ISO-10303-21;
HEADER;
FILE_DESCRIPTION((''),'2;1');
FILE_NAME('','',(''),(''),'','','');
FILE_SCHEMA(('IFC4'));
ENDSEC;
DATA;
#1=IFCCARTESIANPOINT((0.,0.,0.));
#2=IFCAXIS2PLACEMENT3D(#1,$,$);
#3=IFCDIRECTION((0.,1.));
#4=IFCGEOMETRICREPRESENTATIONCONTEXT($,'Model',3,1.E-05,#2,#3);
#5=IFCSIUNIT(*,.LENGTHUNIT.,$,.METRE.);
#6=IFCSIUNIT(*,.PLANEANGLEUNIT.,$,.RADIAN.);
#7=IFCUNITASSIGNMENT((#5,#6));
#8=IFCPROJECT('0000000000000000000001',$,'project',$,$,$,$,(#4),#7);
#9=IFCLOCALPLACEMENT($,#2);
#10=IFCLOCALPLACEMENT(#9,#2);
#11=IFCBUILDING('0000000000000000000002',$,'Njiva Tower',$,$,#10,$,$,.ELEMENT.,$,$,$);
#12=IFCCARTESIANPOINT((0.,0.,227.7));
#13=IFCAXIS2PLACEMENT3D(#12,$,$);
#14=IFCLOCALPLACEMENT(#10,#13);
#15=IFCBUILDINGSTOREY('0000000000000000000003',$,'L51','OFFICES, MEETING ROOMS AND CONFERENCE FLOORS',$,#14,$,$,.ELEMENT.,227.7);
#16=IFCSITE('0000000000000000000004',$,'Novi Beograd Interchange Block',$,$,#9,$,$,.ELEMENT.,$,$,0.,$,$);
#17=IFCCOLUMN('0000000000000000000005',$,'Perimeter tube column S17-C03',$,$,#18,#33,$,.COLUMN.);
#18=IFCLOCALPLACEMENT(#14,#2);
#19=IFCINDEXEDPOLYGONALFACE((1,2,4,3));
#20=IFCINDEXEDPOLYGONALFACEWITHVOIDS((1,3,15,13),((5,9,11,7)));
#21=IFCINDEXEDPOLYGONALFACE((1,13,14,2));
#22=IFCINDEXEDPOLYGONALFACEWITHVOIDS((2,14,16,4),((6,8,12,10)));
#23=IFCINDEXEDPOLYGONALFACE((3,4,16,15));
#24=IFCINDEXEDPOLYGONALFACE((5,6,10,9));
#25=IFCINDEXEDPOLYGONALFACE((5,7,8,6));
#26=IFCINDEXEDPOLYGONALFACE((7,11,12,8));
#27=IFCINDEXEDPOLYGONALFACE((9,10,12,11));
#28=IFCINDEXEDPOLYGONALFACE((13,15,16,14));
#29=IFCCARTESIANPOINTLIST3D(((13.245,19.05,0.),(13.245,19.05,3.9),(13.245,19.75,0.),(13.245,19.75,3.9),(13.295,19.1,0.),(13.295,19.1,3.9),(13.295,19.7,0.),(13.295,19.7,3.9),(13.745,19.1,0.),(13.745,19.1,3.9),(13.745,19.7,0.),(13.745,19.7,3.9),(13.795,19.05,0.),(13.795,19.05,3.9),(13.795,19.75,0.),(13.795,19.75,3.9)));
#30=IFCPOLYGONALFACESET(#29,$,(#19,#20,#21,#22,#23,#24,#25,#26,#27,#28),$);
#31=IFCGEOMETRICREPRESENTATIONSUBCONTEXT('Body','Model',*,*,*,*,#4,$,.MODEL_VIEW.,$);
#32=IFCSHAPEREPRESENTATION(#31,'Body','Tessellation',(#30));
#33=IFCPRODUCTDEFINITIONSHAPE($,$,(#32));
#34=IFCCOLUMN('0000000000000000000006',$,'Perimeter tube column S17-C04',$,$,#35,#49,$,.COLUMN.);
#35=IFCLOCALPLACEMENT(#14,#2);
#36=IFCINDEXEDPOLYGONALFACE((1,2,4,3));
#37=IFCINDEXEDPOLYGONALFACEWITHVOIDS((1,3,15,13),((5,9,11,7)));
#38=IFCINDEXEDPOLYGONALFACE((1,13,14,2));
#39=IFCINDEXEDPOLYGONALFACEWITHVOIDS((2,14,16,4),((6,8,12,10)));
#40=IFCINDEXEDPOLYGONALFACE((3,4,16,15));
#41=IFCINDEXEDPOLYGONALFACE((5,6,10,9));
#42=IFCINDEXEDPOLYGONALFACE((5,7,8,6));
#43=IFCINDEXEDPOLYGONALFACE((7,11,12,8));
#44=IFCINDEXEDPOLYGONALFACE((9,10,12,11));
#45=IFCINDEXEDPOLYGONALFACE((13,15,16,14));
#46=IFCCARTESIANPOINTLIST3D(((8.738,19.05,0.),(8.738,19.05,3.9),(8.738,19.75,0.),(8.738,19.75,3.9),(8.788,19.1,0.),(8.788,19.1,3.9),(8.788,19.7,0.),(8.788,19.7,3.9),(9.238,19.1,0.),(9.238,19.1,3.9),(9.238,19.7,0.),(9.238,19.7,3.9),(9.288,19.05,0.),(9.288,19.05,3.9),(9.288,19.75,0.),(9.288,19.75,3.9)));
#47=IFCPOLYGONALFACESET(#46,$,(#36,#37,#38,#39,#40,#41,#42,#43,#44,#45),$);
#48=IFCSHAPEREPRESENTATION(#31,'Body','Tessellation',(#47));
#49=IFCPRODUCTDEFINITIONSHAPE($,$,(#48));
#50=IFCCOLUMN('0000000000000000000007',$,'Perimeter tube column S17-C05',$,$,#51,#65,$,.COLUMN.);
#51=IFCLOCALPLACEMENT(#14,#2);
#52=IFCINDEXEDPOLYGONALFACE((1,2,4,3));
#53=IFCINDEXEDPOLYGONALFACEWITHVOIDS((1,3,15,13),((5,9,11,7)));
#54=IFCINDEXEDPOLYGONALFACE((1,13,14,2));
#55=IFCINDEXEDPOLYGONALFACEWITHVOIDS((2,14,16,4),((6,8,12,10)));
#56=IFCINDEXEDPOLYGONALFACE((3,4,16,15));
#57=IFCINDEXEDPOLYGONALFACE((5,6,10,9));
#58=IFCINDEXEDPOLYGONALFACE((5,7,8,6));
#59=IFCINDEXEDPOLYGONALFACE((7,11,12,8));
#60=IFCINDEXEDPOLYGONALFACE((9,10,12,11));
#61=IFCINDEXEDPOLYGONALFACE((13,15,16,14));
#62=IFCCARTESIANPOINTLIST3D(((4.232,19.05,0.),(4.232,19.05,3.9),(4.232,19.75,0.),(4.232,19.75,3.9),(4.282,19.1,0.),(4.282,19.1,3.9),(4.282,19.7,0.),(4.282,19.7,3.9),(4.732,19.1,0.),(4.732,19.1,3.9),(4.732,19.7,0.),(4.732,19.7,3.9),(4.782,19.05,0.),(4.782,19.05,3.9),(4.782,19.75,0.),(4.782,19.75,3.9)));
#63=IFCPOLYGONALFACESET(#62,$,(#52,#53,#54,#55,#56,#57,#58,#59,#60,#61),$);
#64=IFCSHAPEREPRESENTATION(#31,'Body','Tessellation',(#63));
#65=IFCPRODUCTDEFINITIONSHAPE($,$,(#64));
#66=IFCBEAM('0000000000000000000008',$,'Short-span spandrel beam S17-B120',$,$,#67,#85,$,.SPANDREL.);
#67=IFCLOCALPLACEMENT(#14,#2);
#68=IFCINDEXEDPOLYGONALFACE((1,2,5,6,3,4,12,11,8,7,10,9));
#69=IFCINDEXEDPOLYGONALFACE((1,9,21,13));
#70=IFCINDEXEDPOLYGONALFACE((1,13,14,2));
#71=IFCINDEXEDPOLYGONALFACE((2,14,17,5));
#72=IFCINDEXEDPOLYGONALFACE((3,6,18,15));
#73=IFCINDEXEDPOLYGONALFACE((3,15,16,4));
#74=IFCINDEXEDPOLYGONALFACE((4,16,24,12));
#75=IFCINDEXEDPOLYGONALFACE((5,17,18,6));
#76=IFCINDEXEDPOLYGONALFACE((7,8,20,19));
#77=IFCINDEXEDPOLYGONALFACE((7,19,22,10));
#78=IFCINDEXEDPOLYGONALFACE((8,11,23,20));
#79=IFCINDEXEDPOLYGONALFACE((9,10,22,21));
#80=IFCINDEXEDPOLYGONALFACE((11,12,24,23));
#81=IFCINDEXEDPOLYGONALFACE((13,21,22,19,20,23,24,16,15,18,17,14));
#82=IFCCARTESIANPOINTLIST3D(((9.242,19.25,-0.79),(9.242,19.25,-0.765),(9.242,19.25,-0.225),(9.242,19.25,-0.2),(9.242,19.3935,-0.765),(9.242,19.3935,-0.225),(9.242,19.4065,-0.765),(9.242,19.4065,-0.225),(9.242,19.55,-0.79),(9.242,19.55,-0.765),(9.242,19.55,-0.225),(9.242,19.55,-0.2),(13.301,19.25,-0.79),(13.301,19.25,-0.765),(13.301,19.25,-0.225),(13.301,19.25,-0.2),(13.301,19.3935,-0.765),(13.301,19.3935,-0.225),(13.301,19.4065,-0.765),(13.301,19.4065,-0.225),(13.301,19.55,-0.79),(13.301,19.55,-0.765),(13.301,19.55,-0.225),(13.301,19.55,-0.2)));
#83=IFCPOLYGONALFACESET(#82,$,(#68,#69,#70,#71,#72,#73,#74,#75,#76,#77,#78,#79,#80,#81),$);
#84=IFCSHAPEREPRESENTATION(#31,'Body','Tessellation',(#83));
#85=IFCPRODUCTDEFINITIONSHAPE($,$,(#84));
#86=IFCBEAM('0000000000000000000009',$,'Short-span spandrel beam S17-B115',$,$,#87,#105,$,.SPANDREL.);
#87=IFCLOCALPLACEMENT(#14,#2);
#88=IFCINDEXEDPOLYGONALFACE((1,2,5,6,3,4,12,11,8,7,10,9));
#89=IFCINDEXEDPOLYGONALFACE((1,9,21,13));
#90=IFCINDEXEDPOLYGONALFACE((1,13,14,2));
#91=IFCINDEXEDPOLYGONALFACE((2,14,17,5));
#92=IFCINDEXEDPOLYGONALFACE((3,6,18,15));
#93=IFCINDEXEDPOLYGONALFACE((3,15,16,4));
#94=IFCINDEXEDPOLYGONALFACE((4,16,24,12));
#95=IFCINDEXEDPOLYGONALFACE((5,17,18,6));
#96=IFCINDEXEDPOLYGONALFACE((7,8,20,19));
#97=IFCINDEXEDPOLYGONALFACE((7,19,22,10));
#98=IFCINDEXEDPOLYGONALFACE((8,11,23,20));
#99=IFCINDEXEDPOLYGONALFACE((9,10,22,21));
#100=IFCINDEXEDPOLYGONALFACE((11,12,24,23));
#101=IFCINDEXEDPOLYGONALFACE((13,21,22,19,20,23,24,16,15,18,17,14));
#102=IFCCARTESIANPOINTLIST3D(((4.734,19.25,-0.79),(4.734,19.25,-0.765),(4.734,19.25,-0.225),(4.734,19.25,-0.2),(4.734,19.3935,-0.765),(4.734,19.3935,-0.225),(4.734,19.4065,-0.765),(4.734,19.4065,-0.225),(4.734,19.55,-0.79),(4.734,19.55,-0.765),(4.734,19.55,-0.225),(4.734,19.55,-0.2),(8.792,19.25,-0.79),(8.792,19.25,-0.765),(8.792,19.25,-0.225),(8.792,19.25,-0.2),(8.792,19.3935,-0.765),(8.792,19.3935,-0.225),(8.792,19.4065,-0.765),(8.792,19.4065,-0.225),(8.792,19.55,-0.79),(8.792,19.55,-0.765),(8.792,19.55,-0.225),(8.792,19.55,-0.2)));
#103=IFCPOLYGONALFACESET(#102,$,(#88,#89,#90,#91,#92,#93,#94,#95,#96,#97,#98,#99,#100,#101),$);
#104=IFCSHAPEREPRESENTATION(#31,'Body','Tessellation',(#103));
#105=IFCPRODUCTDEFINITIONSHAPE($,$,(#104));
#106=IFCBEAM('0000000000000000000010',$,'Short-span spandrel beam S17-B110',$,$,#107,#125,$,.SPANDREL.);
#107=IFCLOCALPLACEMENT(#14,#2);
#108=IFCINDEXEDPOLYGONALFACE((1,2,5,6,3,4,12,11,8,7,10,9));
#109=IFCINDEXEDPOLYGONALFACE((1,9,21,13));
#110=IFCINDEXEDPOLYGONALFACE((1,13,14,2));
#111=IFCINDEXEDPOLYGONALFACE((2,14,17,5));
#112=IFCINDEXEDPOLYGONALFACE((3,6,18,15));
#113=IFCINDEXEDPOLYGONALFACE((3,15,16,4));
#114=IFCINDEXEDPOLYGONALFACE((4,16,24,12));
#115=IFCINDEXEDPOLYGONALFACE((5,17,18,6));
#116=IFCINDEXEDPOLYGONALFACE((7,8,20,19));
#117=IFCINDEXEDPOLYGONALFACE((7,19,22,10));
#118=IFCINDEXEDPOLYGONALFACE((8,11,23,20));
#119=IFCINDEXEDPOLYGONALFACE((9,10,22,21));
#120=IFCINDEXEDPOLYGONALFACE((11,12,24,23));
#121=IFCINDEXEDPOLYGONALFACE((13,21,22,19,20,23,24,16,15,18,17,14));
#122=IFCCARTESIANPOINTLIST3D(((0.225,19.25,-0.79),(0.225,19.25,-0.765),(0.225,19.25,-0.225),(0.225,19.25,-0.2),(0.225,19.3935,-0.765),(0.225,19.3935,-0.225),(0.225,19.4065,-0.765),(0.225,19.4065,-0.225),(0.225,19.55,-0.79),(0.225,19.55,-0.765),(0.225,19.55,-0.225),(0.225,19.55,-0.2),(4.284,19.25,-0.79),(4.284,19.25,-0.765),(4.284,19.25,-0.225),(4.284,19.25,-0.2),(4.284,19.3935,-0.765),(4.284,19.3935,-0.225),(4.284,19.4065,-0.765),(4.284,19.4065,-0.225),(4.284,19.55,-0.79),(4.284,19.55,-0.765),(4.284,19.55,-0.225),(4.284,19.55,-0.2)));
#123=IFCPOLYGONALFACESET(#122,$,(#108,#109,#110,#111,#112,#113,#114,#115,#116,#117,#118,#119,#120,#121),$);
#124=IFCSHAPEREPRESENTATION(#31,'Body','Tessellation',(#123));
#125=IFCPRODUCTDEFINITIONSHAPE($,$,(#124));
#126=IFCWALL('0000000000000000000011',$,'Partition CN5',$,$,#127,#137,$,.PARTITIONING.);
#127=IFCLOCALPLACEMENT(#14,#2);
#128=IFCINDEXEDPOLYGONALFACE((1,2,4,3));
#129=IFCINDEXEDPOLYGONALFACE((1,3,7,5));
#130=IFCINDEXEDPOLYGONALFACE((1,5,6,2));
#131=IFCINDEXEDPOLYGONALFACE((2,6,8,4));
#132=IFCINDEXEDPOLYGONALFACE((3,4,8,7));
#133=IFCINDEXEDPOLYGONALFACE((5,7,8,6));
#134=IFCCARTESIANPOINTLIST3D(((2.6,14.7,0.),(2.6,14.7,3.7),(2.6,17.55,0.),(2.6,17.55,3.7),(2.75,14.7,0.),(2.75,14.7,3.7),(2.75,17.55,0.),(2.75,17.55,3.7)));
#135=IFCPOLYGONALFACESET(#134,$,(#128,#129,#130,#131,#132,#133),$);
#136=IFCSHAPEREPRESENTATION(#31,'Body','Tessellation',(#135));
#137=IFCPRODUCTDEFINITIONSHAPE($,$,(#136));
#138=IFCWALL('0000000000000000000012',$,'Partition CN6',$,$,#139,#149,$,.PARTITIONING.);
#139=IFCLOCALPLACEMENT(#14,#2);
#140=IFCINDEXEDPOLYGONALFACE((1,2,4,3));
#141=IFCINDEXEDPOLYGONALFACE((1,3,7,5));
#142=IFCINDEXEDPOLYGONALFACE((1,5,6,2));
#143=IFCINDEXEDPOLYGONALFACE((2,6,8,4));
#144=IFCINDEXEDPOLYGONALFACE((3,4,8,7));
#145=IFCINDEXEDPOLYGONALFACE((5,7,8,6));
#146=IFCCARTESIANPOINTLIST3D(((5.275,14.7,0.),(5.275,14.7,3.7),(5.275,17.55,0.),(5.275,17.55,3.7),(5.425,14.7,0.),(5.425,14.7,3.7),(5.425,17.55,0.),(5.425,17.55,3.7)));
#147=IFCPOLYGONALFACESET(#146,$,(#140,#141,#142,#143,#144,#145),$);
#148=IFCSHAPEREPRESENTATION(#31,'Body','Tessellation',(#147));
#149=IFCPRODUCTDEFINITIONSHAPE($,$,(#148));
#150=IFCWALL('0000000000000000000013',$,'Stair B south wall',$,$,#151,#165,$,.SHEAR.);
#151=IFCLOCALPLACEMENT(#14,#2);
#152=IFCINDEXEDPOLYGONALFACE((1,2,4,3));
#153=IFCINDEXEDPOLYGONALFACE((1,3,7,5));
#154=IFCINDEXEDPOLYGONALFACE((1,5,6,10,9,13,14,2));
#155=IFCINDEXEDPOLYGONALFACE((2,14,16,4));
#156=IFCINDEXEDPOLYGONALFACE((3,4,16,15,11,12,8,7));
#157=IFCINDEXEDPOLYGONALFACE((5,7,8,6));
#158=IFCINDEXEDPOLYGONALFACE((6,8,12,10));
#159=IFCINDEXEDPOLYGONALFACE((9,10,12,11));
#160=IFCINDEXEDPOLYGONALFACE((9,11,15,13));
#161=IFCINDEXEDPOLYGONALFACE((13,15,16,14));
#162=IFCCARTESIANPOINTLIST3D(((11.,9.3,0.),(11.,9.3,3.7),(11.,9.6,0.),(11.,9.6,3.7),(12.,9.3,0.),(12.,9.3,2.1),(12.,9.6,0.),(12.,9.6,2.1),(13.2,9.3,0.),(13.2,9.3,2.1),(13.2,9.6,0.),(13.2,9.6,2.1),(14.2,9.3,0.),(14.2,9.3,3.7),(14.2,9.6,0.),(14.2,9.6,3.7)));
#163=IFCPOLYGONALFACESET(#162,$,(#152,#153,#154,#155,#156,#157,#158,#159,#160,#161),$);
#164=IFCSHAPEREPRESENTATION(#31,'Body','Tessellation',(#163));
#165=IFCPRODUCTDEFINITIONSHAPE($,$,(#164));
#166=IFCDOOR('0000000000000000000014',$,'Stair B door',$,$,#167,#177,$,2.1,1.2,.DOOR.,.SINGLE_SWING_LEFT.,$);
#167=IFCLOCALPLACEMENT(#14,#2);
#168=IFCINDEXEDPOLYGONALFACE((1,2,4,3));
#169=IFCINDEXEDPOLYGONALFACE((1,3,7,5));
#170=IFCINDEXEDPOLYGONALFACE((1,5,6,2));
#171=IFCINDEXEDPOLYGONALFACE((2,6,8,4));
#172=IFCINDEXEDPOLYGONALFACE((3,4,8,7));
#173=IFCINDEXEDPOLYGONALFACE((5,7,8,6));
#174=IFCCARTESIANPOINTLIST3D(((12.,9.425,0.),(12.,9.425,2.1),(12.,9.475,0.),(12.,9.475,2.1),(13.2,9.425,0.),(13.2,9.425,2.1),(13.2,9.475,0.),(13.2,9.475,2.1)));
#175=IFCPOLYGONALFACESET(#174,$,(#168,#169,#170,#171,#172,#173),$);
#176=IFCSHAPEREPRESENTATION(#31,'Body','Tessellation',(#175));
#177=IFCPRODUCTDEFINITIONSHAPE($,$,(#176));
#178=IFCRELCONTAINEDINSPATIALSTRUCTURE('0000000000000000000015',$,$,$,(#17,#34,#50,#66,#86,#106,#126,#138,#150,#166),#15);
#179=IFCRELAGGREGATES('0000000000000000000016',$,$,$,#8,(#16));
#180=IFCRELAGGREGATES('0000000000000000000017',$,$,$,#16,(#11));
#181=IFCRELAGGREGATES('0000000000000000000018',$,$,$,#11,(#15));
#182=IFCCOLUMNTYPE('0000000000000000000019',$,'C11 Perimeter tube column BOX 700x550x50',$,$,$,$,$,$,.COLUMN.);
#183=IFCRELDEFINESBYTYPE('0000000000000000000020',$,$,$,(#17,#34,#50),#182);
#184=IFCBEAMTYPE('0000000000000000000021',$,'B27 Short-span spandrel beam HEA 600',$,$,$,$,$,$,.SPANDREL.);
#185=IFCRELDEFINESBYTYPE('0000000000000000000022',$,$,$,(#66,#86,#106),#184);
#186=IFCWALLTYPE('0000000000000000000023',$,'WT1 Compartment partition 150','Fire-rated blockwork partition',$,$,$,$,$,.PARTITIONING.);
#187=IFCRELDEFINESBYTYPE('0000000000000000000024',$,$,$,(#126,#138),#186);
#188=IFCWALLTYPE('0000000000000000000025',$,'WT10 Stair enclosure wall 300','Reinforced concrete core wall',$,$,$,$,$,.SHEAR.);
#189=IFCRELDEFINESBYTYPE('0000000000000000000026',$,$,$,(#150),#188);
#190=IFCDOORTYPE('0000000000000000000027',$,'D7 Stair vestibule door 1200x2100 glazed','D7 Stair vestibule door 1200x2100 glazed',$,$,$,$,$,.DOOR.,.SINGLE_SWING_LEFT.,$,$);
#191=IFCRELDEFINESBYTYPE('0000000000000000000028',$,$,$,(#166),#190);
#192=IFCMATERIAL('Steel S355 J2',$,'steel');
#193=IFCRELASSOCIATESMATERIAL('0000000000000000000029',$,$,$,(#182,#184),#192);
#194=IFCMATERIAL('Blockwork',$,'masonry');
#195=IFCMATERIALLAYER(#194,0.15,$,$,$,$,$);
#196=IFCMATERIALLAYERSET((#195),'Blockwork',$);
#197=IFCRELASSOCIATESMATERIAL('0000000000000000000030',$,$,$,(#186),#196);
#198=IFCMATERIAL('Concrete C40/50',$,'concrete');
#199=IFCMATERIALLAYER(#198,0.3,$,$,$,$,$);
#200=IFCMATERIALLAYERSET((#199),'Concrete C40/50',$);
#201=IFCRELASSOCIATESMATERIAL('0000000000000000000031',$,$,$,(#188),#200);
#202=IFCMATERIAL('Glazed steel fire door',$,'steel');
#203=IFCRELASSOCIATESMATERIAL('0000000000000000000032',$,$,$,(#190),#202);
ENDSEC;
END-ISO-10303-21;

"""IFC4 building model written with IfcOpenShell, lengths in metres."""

from ifc_helpers import new_model, si_unit, direction, frame, frame_2d, origin, origin_2d, place, context, subcontext, project, spatial, rectangle, hollow_rectangle, i_section, extrude, material, layer, layer_set, material_profile, profile_set, type_object, element, fill, save


model = new_model("IFC4")

# Units and contexts
model_context = context("Model", 3, precision=1e-05, world=origin(), true_north=direction((0.0, 1.0)))
body_context = subcontext(model_context, "Body", "Model", "MODEL_VIEW")
ifc_project = project(units=[si_unit("LENGTHUNIT", "METRE"), si_unit("PLANEANGLEUNIT", "RADIAN")], contexts=[model_context])

# Site, building, storey
site_placement = place(None, origin())
site = spatial("IfcSite", under=ifc_project, at=site_placement, Name="Novi Beograd Interchange Block", CompositionType="ELEMENT", RefElevation=0.0)
building_placement = place(site_placement, origin())
building = spatial("IfcBuilding", under=site, at=building_placement, Name="Njiva Tower", CompositionType="ELEMENT")
storey_placement = place(building_placement, frame((0.0, 0.0, 227.7)))
storey = spatial("IfcBuildingStorey", under=building, at=storey_placement, Name="L51", Description="OFFICES, MEETING ROOMS AND CONFERENCE FLOORS", CompositionType="ELEMENT", Elevation=227.7)

# Columns
ifc_material_1 = material(Name="Steel S355 J2", Category="steel")
ifc_material_profile_1 = material_profile(ifc_material_1, hollow_rectangle(XDim=0.55, YDim=0.7, WallThickness=0.05, at=origin_2d()), Name="BOX 700x550x50")
ifc_profile_set_1 = profile_set([ifc_material_profile_1], Name="Steel S355 J2")
column_type = type_object("IfcColumnType", Name="C11 Perimeter tube column BOX 700x550x50", PredefinedType="COLUMN", material=ifc_profile_set_1)
for number, where, z_axis, x_axis, name in (
    (1, (13.52, 19.4, 0.0), (0.0, 0.0, 1.0), (-1.0, 0.0, 0.0), "Perimeter tube column S17-C03"),
    (2, (9.013, 19.4, 0.0), (0.0, 0.0, 1.0), (-1.0, 0.0, 0.0), "Perimeter tube column S17-C04"),
    (3, (4.507, 19.4, 0.0), (0.0, 0.0, 1.0), (-1.0, 0.0, 0.0), "Perimeter tube column S17-C05"),
):
    element("IfcColumn", number, at=place(storey_placement, frame(where, z_axis=z_axis, x_axis=x_axis)), inside=storey, type_object=column_type, Name=name, PredefinedType="COLUMN", context=body_context, shape_type="SweptSolid", body=[
        extrude(hollow_rectangle(XDim=0.55, YDim=0.7, WallThickness=0.05, at=origin_2d()), origin(), (0.0, 0.0, 1.0), 3.9),
    ])

# Beams
ifc_material_profile_2 = material_profile(ifc_material_1, i_section(OverallWidth=0.3, OverallDepth=0.59, WebThickness=0.013, FlangeThickness=0.025, at=origin_2d()), Name="HEA 600")
ifc_profile_set_2 = profile_set([ifc_material_profile_2], Name="Steel S355 J2")
beam_type = type_object("IfcBeamType", Name="B27 Short-span spandrel beam HEA 600", PredefinedType="SPANDREL", material=ifc_profile_set_2)
beam_1_placement = place(storey_placement, frame((13.301, 19.4, -0.495), z_axis=(-1.0, 0.0, 0.0), x_axis=(0.0, -1.0, 0.0)))
element("IfcBeam", 4, at=beam_1_placement, inside=storey, type_object=beam_type, Name="Short-span spandrel beam S17-B120", PredefinedType="SPANDREL", context=body_context, shape_type="SweptSolid", body=[
    extrude(i_section(OverallWidth=0.3, OverallDepth=0.59, WebThickness=0.013, FlangeThickness=0.025, at=origin_2d()), origin(), (0.0, 0.0, 1.0), 4.059),
])
beam_2_placement = place(storey_placement, frame((8.792, 19.4, -0.495), z_axis=(-1.0, 0.0, 0.0), x_axis=(0.0, -1.0, 0.0)))
element("IfcBeam", 5, at=beam_2_placement, inside=storey, type_object=beam_type, Name="Short-span spandrel beam S17-B115", PredefinedType="SPANDREL", context=body_context, shape_type="SweptSolid", body=[
    extrude(i_section(OverallWidth=0.3, OverallDepth=0.59, WebThickness=0.013, FlangeThickness=0.025, at=origin_2d()), origin(), (0.0, 0.0, 1.0), 4.058),
])
beam_3_placement = place(storey_placement, frame((4.284, 19.4, -0.495), z_axis=(-1.0, 0.0, 0.0), x_axis=(0.0, -1.0, 0.0)))
element("IfcBeam", 6, at=beam_3_placement, inside=storey, type_object=beam_type, Name="Short-span spandrel beam S17-B110", PredefinedType="SPANDREL", context=body_context, shape_type="SweptSolid", body=[
    extrude(i_section(OverallWidth=0.3, OverallDepth=0.59, WebThickness=0.013, FlangeThickness=0.025, at=origin_2d()), origin(), (0.0, 0.0, 1.0), 4.059),
])

# Walls
ifc_material_2 = material(Name="Blockwork", Category="masonry")
ifc_layer_1 = layer(ifc_material_2, 0.15)
ifc_layer_set_1 = layer_set([ifc_layer_1], Name="Blockwork")
wall_type_1 = type_object("IfcWallType", Name="WT1 Compartment partition 150", Description="Fire-rated blockwork partition", PredefinedType="PARTITIONING", material=ifc_layer_set_1)
for number, where, z_axis, x_axis, name in (
    (7, (2.675, 14.7, 0.0), (0.0, 0.0, 1.0), (0.0, 1.0, 0.0), "Partition CN5"),
    (8, (5.35, 14.7, 0.0), (0.0, 0.0, 1.0), (0.0, 1.0, 0.0), "Partition CN6"),
):
    element("IfcWall", number, at=place(storey_placement, frame(where, z_axis=z_axis, x_axis=x_axis)), inside=storey, type_object=wall_type_1, Name=name, PredefinedType="PARTITIONING", context=body_context, shape_type="SweptSolid", body=[
        extrude(rectangle(XDim=2.85, YDim=0.15, at=frame_2d((1.425, 0.0))), origin(), (0.0, 0.0, 1.0), 3.7),
    ])

# Wall, opening, door
ifc_material_3 = material(Name="Concrete C40/50", Category="concrete")
ifc_layer_2 = layer(ifc_material_3, 0.3)
ifc_layer_set_2 = layer_set([ifc_layer_2], Name="Concrete C40/50")
wall_type_2 = type_object("IfcWallType", Name="WT10 Stair enclosure wall 300", Description="Reinforced concrete core wall", PredefinedType="SHEAR", material=ifc_layer_set_2)
wall_1_placement = place(storey_placement, frame((11.0, 9.45, 0.0), z_axis=(0.0, 0.0, 1.0), x_axis=(1.0, 0.0, 0.0)))
wall_1 = element("IfcWall", 9, at=wall_1_placement, inside=storey, type_object=wall_type_2, Name="Stair B south wall", PredefinedType="SHEAR", context=body_context, shape_type="SweptSolid", body=[
    extrude(rectangle(XDim=3.2, YDim=0.3, at=frame_2d((1.6, 0.0))), origin(), (0.0, 0.0, 1.0), 3.7),
])
opening_1_placement = place(wall_1_placement, frame((1.0, 0.0, 0.0)))
opening_1 = element("IfcOpeningElement", 10, at=opening_1_placement, cuts=wall_1, PredefinedType="OPENING", context=body_context, shape_type="SweptSolid", body=[
    extrude(rectangle(XDim=1.2, YDim=2.1, at=frame_2d((0.6, 1.05))), frame((0.0, 0.16, 0.0), z_axis=(0.0, -1.0, 0.0), x_axis=(1.0, 0.0, 0.0)), (0.0, 0.0, 1.0), 0.32),
])
ifc_material_4 = material(Name="Glazed steel fire door", Category="steel")
door_type_1 = type_object("IfcDoorType", Name="D7 Stair vestibule door 1200x2100 glazed", Description="D7 Stair vestibule door 1200x2100 glazed", OperationType="SINGLE_SWING_LEFT", PredefinedType="DOOR", material=ifc_material_4)
door_1_placement = place(opening_1_placement, origin())
door_1 = element("IfcDoor", 11, at=door_1_placement, inside=storey, type_object=door_type_1, Name="Stair B door", OperationType="SINGLE_SWING_LEFT", OverallHeight=2.1, OverallWidth=1.2, PredefinedType="DOOR", context=body_context, shape_type="SweptSolid", body=[
    extrude(rectangle(XDim=1.2, YDim=2.1, at=frame_2d((0.6, 1.05))), frame((0.0, 0.025, 0.0), z_axis=(0.0, -1.0, 0.0), x_axis=(1.0, 0.0, 0.0)), (0.0, 0.0, 1.0), 0.05),
])
fill(opening_1, door_1)

save(model, "model.ifc")
